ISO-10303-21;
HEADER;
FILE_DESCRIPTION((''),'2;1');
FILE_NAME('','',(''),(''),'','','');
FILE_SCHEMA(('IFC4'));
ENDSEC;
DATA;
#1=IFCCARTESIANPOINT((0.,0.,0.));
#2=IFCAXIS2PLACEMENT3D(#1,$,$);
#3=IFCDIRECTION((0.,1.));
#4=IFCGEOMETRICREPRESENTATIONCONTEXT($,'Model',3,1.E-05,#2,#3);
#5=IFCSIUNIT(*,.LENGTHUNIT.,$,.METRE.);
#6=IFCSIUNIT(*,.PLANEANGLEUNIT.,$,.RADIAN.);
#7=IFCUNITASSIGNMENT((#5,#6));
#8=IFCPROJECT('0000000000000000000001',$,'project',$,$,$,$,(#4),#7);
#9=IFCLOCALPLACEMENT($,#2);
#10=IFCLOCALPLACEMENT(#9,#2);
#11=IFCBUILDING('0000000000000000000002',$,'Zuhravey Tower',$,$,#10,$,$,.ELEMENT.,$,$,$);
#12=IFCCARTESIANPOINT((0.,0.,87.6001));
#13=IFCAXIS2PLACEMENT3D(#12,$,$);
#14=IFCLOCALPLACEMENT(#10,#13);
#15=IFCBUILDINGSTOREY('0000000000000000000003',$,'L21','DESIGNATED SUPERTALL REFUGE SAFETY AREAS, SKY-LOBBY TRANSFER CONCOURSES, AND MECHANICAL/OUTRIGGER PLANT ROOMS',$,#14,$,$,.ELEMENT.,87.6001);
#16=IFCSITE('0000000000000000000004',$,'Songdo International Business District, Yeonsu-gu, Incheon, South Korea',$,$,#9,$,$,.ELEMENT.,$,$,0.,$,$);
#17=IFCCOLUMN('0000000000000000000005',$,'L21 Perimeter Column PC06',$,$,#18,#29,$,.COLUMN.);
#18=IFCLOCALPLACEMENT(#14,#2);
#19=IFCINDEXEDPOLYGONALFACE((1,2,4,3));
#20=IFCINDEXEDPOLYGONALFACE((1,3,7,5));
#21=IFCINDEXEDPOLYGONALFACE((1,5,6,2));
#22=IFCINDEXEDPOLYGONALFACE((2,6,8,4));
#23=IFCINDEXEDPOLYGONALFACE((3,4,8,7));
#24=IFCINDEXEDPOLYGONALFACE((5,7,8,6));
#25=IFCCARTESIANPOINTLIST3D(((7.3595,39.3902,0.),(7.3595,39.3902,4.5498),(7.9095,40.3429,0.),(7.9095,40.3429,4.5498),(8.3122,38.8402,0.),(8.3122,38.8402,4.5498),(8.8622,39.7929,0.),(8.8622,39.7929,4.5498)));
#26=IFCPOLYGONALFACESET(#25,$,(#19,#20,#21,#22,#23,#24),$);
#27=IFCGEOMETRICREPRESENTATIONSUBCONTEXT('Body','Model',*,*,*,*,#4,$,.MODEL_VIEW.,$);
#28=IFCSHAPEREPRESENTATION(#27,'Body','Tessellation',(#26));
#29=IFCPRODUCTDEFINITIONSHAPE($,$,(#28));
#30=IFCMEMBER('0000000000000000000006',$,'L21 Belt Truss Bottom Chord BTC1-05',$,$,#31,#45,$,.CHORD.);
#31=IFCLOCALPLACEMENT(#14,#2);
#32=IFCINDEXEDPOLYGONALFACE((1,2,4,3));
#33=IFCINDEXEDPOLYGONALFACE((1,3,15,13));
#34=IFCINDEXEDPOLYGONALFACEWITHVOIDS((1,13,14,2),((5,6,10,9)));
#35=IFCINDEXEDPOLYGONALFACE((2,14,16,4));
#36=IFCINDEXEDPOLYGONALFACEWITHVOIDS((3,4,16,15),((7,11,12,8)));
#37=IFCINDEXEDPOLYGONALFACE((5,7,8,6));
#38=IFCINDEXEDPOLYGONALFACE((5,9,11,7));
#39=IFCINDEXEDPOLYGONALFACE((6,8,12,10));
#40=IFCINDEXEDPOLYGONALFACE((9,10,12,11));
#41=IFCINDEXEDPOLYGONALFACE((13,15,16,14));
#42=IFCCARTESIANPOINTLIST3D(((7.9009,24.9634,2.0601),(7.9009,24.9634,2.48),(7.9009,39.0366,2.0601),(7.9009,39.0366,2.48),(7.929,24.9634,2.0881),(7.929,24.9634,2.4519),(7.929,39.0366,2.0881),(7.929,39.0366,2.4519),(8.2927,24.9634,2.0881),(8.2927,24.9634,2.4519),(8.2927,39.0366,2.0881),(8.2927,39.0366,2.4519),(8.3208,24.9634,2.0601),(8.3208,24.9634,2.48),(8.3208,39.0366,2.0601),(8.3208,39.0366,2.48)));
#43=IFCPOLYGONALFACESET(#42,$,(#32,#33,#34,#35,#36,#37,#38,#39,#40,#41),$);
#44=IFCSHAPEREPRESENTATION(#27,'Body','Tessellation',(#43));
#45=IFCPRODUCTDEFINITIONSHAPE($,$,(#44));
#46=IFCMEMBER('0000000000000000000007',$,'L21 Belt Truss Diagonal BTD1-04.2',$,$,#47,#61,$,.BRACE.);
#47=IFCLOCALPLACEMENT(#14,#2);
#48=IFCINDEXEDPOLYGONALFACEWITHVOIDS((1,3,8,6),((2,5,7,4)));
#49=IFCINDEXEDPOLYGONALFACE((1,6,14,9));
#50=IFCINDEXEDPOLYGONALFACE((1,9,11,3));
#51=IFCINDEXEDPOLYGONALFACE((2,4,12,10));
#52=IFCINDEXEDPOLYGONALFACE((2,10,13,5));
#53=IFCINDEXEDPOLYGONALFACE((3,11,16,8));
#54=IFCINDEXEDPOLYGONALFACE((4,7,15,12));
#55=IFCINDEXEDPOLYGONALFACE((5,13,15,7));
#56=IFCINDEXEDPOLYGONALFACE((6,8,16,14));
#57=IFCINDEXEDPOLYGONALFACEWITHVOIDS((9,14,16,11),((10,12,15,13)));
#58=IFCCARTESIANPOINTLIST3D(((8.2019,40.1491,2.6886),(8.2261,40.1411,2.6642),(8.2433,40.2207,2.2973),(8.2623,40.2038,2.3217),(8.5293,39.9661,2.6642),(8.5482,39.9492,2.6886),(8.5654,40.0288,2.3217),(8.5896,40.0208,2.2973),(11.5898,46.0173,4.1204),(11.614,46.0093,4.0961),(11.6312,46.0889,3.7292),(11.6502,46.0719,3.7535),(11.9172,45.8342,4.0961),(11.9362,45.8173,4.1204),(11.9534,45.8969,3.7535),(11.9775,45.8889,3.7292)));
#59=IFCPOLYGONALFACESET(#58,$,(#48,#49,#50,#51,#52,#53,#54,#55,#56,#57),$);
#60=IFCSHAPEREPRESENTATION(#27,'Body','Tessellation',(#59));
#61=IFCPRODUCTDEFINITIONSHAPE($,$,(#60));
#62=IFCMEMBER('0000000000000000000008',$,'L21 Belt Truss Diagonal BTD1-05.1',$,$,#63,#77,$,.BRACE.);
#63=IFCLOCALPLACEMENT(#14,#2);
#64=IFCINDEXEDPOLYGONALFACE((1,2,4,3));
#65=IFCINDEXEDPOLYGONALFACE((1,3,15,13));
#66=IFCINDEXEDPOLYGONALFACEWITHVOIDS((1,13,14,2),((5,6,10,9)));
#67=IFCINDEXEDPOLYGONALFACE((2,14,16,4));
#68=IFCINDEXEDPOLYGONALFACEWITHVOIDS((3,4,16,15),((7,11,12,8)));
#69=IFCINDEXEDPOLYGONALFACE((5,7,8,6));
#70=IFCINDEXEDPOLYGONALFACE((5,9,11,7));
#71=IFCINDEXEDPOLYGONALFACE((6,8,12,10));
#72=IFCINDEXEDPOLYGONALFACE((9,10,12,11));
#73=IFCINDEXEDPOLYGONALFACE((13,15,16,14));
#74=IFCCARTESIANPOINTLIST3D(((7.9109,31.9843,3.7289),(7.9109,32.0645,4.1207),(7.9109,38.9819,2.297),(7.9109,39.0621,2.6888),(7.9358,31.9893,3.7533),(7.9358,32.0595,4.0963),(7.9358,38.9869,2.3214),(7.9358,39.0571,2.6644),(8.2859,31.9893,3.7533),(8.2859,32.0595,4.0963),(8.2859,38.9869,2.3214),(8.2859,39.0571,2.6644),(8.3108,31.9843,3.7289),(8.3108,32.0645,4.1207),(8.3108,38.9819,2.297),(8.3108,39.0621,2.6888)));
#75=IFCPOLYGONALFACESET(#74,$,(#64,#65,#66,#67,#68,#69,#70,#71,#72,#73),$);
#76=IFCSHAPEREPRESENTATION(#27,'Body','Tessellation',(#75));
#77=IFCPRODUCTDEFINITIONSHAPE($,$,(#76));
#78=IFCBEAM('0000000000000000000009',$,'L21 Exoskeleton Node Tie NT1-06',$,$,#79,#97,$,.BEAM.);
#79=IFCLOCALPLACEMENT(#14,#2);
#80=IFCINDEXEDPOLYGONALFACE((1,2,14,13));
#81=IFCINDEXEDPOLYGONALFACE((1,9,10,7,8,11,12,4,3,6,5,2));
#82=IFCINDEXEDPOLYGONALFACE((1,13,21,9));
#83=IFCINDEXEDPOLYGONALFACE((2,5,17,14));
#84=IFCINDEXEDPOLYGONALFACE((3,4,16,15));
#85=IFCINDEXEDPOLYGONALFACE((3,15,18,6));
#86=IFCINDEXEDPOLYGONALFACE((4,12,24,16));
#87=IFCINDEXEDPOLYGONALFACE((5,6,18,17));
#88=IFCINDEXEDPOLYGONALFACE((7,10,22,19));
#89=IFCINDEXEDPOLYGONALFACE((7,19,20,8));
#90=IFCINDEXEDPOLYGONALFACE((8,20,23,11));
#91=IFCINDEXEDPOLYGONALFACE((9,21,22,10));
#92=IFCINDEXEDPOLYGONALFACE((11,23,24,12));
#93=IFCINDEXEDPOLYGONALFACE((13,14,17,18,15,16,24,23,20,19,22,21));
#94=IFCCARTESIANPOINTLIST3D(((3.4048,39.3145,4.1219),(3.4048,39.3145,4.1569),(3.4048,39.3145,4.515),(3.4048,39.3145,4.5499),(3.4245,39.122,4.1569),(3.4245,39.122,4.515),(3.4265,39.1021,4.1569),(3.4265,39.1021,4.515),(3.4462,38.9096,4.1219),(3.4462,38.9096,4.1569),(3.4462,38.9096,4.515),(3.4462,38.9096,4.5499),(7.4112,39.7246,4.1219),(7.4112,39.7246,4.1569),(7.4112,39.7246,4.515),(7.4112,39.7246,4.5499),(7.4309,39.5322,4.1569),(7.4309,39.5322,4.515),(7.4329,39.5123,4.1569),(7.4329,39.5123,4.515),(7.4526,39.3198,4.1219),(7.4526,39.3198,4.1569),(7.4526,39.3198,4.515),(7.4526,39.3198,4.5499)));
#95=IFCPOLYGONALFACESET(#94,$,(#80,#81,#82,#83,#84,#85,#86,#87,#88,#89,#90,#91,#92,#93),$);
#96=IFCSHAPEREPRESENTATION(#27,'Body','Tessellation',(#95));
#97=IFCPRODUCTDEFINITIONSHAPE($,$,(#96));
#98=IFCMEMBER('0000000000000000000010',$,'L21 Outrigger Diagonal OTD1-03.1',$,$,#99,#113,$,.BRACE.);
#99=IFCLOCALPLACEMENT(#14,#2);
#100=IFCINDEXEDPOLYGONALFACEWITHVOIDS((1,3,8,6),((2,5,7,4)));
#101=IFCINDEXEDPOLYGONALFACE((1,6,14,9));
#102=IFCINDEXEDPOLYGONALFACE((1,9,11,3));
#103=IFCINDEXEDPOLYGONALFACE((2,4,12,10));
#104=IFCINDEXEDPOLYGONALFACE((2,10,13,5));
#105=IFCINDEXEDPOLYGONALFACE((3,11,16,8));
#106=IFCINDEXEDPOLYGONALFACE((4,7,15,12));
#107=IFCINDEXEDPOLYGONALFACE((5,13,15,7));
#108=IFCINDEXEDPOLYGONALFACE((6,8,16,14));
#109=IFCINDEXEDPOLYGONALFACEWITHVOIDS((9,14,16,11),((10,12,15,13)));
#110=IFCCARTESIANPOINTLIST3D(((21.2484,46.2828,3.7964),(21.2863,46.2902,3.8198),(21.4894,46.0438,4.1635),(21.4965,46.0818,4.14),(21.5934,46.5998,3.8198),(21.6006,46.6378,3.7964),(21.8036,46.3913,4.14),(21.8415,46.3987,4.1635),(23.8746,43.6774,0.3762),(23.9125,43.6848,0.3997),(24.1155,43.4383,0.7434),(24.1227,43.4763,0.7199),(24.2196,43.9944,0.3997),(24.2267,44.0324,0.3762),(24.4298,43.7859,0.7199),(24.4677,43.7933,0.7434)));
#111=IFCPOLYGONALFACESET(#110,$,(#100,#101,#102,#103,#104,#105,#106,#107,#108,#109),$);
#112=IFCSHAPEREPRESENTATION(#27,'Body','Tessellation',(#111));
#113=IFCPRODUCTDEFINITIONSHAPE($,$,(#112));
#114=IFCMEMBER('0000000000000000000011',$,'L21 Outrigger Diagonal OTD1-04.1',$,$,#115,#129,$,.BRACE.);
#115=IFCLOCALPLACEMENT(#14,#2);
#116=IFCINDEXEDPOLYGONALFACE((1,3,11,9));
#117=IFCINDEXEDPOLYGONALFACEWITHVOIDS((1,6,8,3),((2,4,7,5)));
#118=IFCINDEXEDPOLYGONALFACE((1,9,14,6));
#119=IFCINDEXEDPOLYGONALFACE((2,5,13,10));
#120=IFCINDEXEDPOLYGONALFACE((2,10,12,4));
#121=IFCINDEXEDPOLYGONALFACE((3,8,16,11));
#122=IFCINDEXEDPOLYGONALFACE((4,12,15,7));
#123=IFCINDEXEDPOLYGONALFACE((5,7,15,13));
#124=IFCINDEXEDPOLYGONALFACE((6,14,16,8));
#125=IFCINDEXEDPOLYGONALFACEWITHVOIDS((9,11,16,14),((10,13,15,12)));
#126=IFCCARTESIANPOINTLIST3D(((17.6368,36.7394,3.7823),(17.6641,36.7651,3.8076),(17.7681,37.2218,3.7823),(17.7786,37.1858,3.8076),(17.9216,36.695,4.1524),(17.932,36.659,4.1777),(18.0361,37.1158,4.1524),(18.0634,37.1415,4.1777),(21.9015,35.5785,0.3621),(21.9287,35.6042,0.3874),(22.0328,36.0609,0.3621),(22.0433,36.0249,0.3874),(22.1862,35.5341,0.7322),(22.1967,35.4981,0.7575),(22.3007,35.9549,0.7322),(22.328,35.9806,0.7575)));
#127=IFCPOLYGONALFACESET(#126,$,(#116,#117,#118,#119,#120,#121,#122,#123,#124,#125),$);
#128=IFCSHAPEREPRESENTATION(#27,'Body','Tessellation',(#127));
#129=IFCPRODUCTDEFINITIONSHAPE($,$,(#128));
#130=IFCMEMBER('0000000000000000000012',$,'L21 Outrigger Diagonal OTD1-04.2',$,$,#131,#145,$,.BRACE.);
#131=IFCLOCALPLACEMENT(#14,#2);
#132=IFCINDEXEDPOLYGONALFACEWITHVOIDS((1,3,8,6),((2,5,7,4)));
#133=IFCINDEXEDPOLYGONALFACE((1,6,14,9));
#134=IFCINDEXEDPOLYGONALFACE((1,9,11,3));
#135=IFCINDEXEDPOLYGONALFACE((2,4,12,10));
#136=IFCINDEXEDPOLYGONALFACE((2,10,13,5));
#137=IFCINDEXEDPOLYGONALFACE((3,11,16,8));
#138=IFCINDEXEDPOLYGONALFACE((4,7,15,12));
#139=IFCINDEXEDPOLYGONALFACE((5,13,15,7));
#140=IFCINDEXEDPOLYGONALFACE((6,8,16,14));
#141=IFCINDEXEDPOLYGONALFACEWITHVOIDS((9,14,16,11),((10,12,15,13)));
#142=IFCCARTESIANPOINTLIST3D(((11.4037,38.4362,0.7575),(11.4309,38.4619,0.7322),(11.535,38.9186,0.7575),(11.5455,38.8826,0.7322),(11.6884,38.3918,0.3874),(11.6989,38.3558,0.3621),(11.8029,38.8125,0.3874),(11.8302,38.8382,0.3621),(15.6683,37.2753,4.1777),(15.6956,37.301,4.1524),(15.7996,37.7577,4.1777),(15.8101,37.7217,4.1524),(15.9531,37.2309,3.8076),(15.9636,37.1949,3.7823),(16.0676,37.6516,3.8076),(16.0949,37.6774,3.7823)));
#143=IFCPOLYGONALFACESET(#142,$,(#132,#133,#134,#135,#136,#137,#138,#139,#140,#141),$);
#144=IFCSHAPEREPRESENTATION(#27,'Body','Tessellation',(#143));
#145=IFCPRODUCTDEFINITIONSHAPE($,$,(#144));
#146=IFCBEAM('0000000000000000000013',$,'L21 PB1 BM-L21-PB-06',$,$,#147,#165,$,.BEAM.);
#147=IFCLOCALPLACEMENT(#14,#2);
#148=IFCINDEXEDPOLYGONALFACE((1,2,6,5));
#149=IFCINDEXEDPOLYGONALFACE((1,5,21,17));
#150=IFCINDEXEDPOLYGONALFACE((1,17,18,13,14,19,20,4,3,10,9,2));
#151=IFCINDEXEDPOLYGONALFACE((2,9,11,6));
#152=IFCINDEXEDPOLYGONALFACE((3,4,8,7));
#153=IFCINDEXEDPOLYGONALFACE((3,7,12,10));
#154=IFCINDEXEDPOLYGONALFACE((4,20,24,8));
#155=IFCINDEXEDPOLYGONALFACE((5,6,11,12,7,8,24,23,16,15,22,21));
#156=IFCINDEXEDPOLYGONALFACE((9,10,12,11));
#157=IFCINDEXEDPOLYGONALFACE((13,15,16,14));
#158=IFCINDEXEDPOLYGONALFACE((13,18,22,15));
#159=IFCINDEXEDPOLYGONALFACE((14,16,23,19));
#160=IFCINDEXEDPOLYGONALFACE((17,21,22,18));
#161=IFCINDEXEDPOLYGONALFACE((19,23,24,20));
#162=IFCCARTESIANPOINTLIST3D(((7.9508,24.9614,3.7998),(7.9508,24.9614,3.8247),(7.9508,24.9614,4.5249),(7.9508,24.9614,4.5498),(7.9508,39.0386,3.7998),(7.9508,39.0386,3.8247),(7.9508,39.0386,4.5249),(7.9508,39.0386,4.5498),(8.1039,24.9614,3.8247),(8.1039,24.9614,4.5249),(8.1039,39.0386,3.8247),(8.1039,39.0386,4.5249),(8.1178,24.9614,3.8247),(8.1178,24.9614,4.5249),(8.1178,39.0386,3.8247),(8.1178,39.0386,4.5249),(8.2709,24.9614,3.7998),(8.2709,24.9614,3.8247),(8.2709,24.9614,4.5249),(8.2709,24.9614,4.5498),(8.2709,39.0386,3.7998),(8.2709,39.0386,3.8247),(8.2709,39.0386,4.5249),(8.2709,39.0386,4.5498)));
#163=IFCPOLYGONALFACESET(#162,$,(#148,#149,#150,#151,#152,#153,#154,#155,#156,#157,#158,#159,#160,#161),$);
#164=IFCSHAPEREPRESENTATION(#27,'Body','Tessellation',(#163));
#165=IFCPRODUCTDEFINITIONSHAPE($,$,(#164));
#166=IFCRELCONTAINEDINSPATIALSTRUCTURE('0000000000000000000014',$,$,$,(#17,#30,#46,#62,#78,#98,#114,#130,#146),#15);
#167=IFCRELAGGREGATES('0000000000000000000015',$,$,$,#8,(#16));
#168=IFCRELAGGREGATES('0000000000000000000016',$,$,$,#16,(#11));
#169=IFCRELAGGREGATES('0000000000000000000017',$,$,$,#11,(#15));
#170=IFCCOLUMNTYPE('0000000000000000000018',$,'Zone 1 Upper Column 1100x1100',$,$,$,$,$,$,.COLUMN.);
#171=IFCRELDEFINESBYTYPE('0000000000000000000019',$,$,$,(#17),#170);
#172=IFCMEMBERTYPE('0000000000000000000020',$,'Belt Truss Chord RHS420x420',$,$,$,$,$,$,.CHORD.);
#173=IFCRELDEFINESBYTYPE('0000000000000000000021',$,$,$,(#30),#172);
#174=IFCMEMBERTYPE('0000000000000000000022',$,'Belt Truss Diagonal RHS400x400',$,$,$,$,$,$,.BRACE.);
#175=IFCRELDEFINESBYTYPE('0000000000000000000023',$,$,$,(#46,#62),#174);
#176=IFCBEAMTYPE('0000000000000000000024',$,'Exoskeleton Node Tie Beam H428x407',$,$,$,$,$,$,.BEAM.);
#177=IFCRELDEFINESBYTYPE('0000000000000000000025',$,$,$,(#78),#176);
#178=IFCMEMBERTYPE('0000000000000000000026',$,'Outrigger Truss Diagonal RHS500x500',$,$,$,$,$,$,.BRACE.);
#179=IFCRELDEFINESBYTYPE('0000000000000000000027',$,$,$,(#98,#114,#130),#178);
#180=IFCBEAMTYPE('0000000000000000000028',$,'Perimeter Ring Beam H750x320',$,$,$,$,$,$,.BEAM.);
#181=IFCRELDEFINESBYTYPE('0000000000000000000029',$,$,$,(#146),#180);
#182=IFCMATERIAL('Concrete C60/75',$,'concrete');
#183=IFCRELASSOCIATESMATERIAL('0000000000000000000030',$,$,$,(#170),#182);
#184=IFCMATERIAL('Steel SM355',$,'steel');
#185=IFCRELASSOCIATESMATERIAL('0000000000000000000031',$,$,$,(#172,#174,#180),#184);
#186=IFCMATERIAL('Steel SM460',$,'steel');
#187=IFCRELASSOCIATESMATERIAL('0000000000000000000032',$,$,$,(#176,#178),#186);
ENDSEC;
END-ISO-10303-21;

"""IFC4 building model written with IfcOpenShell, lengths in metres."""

from ifc_helpers import new_model, si_unit, direction, frame, origin, origin_2d, place, context, subcontext, project, spatial, rectangle, hollow_rectangle, i_section, extrude, material, material_profile, profile_set, type_object, element, save


model = new_model("IFC4")

# Units and contexts
model_context = context("Model", 3, precision=1e-05, world=origin(), true_north=direction((0.0, 1.0)))
body_context = subcontext(model_context, "Body", "Model", "MODEL_VIEW")
ifc_project = project(units=[si_unit("LENGTHUNIT", "METRE"), si_unit("PLANEANGLEUNIT", "RADIAN")], contexts=[model_context])

# Site, building, storey
site_placement = place(None, origin())
site = spatial("IfcSite", under=ifc_project, at=site_placement, Name="Songdo International Business District, Yeonsu-gu, Incheon, South Korea", CompositionType="ELEMENT", RefElevation=0.0)
building_placement = place(site_placement, origin())
building = spatial("IfcBuilding", under=site, at=building_placement, Name="Zuhravey Tower", CompositionType="ELEMENT")
storey_placement = place(building_placement, frame((0.0, 0.0, 87.6001)))
storey = spatial("IfcBuildingStorey", under=building, at=storey_placement, Name="L21", Description="DESIGNATED SUPERTALL REFUGE SAFETY AREAS, SKY-LOBBY TRANSFER CONCOURSES, AND MECHANICAL/OUTRIGGER PLANT ROOMS", CompositionType="ELEMENT", Elevation=87.6001)

# Column
ifc_material_1 = material(Name="Concrete C60/75", Category="concrete")
ifc_material_profile_1 = material_profile(ifc_material_1, rectangle(XDim=1.1001, YDim=1.1001, at=origin_2d()), Name="RC-1100x1100")
ifc_profile_set_1 = profile_set([ifc_material_profile_1], Name="Concrete C60/75")
column_type = type_object("IfcColumnType", Name="Zone 1 Upper Column 1100x1100", PredefinedType="COLUMN", material=ifc_profile_set_1)
column_placement = place(storey_placement, frame((8.1108, 39.5916, 0.0), z_axis=(0.0, 0.0, 1.0), x_axis=(-0.5, -0.866025, 0.0)))
element("IfcColumn", 1, at=column_placement, inside=storey, type_object=column_type, Name="L21 Perimeter Column PC06", PredefinedType="COLUMN", context=body_context, shape_type="SweptSolid", body=[
    extrude(rectangle(XDim=1.1001, YDim=1.1001, at=origin_2d()), origin(), (0.0, 0.0, 1.0), 4.5498),
])

# Members
ifc_material_2 = material(Name="Steel SM355", Category="steel")
ifc_material_profile_2 = material_profile(ifc_material_2, hollow_rectangle(XDim=0.4199, YDim=0.4199, WallThickness=0.0281, at=origin_2d()), Name="RHS-420x420x28")
ifc_profile_set_2 = profile_set([ifc_material_profile_2], Name="Steel SM355")
member_type_1 = type_object("IfcMemberType", Name="Belt Truss Chord RHS420x420", PredefinedType="CHORD", material=ifc_profile_set_2)
member_1_placement = place(storey_placement, frame((8.1108, 39.0366, 2.27), z_axis=(0.0, -1.0, 0.0), x_axis=(1.0, 0.0, 0.0)))
element("IfcMember", 2, at=member_1_placement, inside=storey, type_object=member_type_1, Name="L21 Belt Truss Bottom Chord BTC1-05", PredefinedType="CHORD", context=body_context, shape_type="SweptSolid", body=[
    extrude(hollow_rectangle(XDim=0.4199, YDim=0.4199, WallThickness=0.0281, at=origin_2d()), origin(), (0.0, 0.0, 1.0), 14.0732),
])
ifc_material_profile_3 = material_profile(ifc_material_2, hollow_rectangle(XDim=0.3999, YDim=0.3999, WallThickness=0.0249, at=origin_2d()), Name="RHS-400x400x25")
ifc_profile_set_3 = profile_set([ifc_material_profile_3], Name="Steel SM355")
member_type_2 = type_object("IfcMemberType", Name="Belt Truss Diagonal RHS400x400", PredefinedType="BRACE", material=ifc_profile_set_3)
member_2_placement = place(storey_placement, frame((8.3958, 40.085, 2.4929), z_axis=(0.489192, 0.847316, 0.206753), x_axis=(-0.866028, 0.499995, 0.0)))
element("IfcMember", 3, at=member_2_placement, inside=storey, type_object=member_type_2, Name="L21 Belt Truss Diagonal BTD1-04.2", PredefinedType="BRACE", context=body_context, shape_type="SweptSolid", body=[
    extrude(hollow_rectangle(XDim=0.3999, YDim=0.3999, WallThickness=0.0249, at=origin_2d()), origin(), (0.0, 0.0, 1.0), 6.9255),
])
member_3_placement = place(storey_placement, frame((8.1108, 39.022, 2.4929), z_axis=(0.0, -0.979699, 0.200472), x_axis=(1.0, 0.0, 0.0)))
element("IfcMember", 4, at=member_3_placement, inside=storey, type_object=member_type_2, Name="L21 Belt Truss Diagonal BTD1-05.1", PredefinedType="BRACE", context=body_context, shape_type="SweptSolid", body=[
    extrude(hollow_rectangle(XDim=0.3999, YDim=0.3999, WallThickness=0.0249, at=origin_2d()), origin(), (0.0, 0.0, 1.0), 7.1426),
])

# Beam
ifc_material_3 = material(Name="Steel SM460", Category="steel")
ifc_material_profile_4 = material_profile(ifc_material_3, i_section(OverallWidth=0.407, OverallDepth=0.428, WebThickness=0.02, FlangeThickness=0.0349, at=origin_2d()), Name="H-428x407x20x35")
ifc_profile_set_4 = profile_set([ifc_material_profile_4], Name="Steel SM460")
beam_type_1 = type_object("IfcBeamType", Name="Exoskeleton Node Tie Beam H428x407", PredefinedType="BEAM", material=ifc_profile_set_4)
beam_1_placement = place(storey_placement, frame((7.4319, 39.5222, 4.3359), z_axis=(-0.9948, -0.101844, 0.0), x_axis=(0.101844, -0.9948, 0.0)))
element("IfcBeam", 5, at=beam_1_placement, inside=storey, type_object=beam_type_1, Name="L21 Exoskeleton Node Tie NT1-06", PredefinedType="BEAM", context=body_context, shape_type="SweptSolid", body=[
    extrude(i_section(OverallWidth=0.407, OverallDepth=0.428, WebThickness=0.02, FlangeThickness=0.0349, at=origin_2d()), origin(), (0.0, 0.0, 1.0), 4.0273),
])

# Members
ifc_material_profile_5 = material_profile(ifc_material_3, hollow_rectangle(XDim=0.5, YDim=0.5, WallThickness=0.032, at=origin_2d()), Name="RHS-500x500x32")
ifc_profile_set_5 = profile_set([ifc_material_profile_5], Name="Steel SM460")
member_type_3 = type_object("IfcMemberType", Name="Outrigger Truss Diagonal RHS500x500", PredefinedType="BRACE", material=ifc_profile_set_5)
member_4_placement = place(storey_placement, frame((24.1711, 43.7354, 0.5598), z_axis=(-0.521266, 0.517147, 0.678852), x_axis=(-0.704296, -0.709906, 0.0)))
element("IfcMember", 6, at=member_4_placement, inside=storey, type_object=member_type_3, Name="L21 Outrigger Diagonal OTD1-03.1", PredefinedType="BRACE", context=body_context, shape_type="SweptSolid", body=[
    extrude(hollow_rectangle(XDim=0.5, YDim=0.5, WallThickness=0.032, at=origin_2d()), origin(), (0.0, 0.0, 1.0), 5.0381),
])
for number, where, z_axis, x_axis, name in (
    (7, (22.1147, 35.7795, 0.5598), (-0.763098, 0.207725, 0.61199), (-0.262655, -0.96489, 0.0), "L21 Outrigger Diagonal OTD1-04.1"),
    (8, (11.6169, 38.6372, 0.5598), (0.763098, -0.207725, 0.61199), (0.262655, 0.96489, 0.0), "L21 Outrigger Diagonal OTD1-04.2"),
):
    element("IfcMember", number, at=place(storey_placement, frame(where, z_axis=z_axis, x_axis=x_axis)), inside=storey, type_object=member_type_3, Name=name, PredefinedType="BRACE", context=body_context, shape_type="SweptSolid", body=[
        extrude(hollow_rectangle(XDim=0.5, YDim=0.5, WallThickness=0.032, at=origin_2d()), origin(), (0.0, 0.0, 1.0), 5.5886),
    ])

# Beam
ifc_material_profile_6 = material_profile(ifc_material_2, i_section(OverallWidth=0.3201, OverallDepth=0.75, WebThickness=0.0139, FlangeThickness=0.0249, at=origin_2d()), Name="H-750x320x14x25")
ifc_profile_set_6 = profile_set([ifc_material_profile_6], Name="Steel SM355")
beam_type_2 = type_object("IfcBeamType", Name="Perimeter Ring Beam H750x320", PredefinedType="BEAM", material=ifc_profile_set_6)
beam_2_placement = place(storey_placement, frame((8.1108, 39.0386, 4.1748), z_axis=(0.0, -1.0, 0.0), x_axis=(1.0, 0.0, 0.0)))
element("IfcBeam", 9, at=beam_2_placement, inside=storey, type_object=beam_type_2, Name="L21 PB1 BM-L21-PB-06", PredefinedType="BEAM", context=body_context, shape_type="SweptSolid", body=[
    extrude(i_section(OverallWidth=0.3201, OverallDepth=0.75, WebThickness=0.0139, FlangeThickness=0.0249, at=origin_2d()), origin(), (0.0, 0.0, 1.0), 14.0771),
])

save(model, "model.ifc")
